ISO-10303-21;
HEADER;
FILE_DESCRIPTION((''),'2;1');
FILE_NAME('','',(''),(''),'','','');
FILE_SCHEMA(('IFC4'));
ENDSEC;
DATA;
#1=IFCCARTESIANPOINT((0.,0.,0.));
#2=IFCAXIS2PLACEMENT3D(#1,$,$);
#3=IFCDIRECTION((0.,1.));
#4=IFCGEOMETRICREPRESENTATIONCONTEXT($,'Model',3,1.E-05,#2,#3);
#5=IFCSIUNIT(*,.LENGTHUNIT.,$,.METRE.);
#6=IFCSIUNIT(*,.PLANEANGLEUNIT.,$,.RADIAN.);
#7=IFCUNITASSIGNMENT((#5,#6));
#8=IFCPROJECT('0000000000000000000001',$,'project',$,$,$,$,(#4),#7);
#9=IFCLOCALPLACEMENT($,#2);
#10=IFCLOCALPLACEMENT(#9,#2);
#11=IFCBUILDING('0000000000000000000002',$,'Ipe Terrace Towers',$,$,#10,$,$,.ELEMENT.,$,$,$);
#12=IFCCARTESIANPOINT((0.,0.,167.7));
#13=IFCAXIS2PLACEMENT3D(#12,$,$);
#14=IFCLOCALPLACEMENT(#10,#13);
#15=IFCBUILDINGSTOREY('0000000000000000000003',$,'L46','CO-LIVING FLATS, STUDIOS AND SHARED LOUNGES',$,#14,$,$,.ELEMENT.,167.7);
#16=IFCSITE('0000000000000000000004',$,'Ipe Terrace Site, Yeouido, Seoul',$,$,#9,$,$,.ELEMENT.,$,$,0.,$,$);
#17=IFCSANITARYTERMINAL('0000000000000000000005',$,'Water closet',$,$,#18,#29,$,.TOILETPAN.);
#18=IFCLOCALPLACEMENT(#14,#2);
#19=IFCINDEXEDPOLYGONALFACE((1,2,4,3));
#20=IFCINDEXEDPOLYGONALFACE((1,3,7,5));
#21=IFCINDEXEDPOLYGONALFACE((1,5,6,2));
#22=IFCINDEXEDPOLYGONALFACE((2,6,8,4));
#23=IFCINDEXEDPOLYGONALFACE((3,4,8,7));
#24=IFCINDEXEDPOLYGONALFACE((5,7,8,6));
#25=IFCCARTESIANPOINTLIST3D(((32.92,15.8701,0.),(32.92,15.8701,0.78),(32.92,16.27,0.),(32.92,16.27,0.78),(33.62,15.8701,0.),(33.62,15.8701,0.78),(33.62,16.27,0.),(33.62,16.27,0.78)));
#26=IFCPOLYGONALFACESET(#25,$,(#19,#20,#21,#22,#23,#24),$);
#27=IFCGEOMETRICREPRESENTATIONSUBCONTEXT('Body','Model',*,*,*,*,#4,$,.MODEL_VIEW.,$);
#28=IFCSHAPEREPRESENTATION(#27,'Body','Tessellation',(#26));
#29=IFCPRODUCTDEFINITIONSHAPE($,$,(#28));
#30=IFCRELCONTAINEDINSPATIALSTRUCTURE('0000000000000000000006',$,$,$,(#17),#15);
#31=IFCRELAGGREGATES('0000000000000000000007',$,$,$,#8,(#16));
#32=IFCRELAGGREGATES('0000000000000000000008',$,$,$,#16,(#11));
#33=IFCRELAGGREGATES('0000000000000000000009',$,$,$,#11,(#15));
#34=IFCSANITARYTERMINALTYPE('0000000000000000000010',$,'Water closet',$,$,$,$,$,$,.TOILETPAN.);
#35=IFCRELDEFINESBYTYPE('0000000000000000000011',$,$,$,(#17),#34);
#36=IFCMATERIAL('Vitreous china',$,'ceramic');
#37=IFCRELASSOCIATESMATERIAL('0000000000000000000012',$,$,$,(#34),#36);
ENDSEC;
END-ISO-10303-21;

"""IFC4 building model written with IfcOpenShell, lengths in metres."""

from ifc_helpers import new_model, si_unit, direction, frame, origin, origin_2d, place, context, subcontext, project, spatial, rectangle, extrude, material, type_object, element, save


model = new_model("IFC4")

# Units and contexts
model_context = context("Model", 3, precision=1e-05, world=origin(), true_north=direction((0.0, 1.0)))
body_context = subcontext(model_context, "Body", "Model", "MODEL_VIEW")
ifc_project = project(units=[si_unit("LENGTHUNIT", "METRE"), si_unit("PLANEANGLEUNIT", "RADIAN")], contexts=[model_context])

# Site, building, storey
site_placement = place(None, origin())
site = spatial("IfcSite", under=ifc_project, at=site_placement, Name="Ipe Terrace Site, Yeouido, Seoul", CompositionType="ELEMENT", RefElevation=0.0)
building_placement = place(site_placement, origin())
building = spatial("IfcBuilding", under=site, at=building_placement, Name="Ipe Terrace Towers", CompositionType="ELEMENT")
storey_placement = place(building_placement, frame((0.0, 0.0, 167.7)))
storey = spatial("IfcBuildingStorey", under=building, at=storey_placement, Name="L46", Description="CO-LIVING FLATS, STUDIOS AND SHARED LOUNGES", CompositionType="ELEMENT", Elevation=167.7)

# Sanitary terminal
ifc_material_1 = material(Name="Vitreous china", Category="ceramic")
sanitary_terminal_type_1 = type_object("IfcSanitaryTerminalType", Name="Water closet", PredefinedType="TOILETPAN", material=ifc_material_1)
sanitary_terminal_1_placement = place(storey_placement, frame((33.27, 16.0701, 0.0), z_axis=(0.0, 0.0, 1.0), x_axis=(1.0, 0.0, 0.0)))
element("IfcSanitaryTerminal", 1, at=sanitary_terminal_1_placement, inside=storey, type_object=sanitary_terminal_type_1, Name="Water closet", PredefinedType="TOILETPAN", context=body_context, shape_type="SweptSolid", body=[
    extrude(rectangle(XDim=0.7, YDim=0.3999, at=origin_2d()), origin(), (0.0, 0.0, 1.0), 0.78),
])

save(model, "model.ifc")
